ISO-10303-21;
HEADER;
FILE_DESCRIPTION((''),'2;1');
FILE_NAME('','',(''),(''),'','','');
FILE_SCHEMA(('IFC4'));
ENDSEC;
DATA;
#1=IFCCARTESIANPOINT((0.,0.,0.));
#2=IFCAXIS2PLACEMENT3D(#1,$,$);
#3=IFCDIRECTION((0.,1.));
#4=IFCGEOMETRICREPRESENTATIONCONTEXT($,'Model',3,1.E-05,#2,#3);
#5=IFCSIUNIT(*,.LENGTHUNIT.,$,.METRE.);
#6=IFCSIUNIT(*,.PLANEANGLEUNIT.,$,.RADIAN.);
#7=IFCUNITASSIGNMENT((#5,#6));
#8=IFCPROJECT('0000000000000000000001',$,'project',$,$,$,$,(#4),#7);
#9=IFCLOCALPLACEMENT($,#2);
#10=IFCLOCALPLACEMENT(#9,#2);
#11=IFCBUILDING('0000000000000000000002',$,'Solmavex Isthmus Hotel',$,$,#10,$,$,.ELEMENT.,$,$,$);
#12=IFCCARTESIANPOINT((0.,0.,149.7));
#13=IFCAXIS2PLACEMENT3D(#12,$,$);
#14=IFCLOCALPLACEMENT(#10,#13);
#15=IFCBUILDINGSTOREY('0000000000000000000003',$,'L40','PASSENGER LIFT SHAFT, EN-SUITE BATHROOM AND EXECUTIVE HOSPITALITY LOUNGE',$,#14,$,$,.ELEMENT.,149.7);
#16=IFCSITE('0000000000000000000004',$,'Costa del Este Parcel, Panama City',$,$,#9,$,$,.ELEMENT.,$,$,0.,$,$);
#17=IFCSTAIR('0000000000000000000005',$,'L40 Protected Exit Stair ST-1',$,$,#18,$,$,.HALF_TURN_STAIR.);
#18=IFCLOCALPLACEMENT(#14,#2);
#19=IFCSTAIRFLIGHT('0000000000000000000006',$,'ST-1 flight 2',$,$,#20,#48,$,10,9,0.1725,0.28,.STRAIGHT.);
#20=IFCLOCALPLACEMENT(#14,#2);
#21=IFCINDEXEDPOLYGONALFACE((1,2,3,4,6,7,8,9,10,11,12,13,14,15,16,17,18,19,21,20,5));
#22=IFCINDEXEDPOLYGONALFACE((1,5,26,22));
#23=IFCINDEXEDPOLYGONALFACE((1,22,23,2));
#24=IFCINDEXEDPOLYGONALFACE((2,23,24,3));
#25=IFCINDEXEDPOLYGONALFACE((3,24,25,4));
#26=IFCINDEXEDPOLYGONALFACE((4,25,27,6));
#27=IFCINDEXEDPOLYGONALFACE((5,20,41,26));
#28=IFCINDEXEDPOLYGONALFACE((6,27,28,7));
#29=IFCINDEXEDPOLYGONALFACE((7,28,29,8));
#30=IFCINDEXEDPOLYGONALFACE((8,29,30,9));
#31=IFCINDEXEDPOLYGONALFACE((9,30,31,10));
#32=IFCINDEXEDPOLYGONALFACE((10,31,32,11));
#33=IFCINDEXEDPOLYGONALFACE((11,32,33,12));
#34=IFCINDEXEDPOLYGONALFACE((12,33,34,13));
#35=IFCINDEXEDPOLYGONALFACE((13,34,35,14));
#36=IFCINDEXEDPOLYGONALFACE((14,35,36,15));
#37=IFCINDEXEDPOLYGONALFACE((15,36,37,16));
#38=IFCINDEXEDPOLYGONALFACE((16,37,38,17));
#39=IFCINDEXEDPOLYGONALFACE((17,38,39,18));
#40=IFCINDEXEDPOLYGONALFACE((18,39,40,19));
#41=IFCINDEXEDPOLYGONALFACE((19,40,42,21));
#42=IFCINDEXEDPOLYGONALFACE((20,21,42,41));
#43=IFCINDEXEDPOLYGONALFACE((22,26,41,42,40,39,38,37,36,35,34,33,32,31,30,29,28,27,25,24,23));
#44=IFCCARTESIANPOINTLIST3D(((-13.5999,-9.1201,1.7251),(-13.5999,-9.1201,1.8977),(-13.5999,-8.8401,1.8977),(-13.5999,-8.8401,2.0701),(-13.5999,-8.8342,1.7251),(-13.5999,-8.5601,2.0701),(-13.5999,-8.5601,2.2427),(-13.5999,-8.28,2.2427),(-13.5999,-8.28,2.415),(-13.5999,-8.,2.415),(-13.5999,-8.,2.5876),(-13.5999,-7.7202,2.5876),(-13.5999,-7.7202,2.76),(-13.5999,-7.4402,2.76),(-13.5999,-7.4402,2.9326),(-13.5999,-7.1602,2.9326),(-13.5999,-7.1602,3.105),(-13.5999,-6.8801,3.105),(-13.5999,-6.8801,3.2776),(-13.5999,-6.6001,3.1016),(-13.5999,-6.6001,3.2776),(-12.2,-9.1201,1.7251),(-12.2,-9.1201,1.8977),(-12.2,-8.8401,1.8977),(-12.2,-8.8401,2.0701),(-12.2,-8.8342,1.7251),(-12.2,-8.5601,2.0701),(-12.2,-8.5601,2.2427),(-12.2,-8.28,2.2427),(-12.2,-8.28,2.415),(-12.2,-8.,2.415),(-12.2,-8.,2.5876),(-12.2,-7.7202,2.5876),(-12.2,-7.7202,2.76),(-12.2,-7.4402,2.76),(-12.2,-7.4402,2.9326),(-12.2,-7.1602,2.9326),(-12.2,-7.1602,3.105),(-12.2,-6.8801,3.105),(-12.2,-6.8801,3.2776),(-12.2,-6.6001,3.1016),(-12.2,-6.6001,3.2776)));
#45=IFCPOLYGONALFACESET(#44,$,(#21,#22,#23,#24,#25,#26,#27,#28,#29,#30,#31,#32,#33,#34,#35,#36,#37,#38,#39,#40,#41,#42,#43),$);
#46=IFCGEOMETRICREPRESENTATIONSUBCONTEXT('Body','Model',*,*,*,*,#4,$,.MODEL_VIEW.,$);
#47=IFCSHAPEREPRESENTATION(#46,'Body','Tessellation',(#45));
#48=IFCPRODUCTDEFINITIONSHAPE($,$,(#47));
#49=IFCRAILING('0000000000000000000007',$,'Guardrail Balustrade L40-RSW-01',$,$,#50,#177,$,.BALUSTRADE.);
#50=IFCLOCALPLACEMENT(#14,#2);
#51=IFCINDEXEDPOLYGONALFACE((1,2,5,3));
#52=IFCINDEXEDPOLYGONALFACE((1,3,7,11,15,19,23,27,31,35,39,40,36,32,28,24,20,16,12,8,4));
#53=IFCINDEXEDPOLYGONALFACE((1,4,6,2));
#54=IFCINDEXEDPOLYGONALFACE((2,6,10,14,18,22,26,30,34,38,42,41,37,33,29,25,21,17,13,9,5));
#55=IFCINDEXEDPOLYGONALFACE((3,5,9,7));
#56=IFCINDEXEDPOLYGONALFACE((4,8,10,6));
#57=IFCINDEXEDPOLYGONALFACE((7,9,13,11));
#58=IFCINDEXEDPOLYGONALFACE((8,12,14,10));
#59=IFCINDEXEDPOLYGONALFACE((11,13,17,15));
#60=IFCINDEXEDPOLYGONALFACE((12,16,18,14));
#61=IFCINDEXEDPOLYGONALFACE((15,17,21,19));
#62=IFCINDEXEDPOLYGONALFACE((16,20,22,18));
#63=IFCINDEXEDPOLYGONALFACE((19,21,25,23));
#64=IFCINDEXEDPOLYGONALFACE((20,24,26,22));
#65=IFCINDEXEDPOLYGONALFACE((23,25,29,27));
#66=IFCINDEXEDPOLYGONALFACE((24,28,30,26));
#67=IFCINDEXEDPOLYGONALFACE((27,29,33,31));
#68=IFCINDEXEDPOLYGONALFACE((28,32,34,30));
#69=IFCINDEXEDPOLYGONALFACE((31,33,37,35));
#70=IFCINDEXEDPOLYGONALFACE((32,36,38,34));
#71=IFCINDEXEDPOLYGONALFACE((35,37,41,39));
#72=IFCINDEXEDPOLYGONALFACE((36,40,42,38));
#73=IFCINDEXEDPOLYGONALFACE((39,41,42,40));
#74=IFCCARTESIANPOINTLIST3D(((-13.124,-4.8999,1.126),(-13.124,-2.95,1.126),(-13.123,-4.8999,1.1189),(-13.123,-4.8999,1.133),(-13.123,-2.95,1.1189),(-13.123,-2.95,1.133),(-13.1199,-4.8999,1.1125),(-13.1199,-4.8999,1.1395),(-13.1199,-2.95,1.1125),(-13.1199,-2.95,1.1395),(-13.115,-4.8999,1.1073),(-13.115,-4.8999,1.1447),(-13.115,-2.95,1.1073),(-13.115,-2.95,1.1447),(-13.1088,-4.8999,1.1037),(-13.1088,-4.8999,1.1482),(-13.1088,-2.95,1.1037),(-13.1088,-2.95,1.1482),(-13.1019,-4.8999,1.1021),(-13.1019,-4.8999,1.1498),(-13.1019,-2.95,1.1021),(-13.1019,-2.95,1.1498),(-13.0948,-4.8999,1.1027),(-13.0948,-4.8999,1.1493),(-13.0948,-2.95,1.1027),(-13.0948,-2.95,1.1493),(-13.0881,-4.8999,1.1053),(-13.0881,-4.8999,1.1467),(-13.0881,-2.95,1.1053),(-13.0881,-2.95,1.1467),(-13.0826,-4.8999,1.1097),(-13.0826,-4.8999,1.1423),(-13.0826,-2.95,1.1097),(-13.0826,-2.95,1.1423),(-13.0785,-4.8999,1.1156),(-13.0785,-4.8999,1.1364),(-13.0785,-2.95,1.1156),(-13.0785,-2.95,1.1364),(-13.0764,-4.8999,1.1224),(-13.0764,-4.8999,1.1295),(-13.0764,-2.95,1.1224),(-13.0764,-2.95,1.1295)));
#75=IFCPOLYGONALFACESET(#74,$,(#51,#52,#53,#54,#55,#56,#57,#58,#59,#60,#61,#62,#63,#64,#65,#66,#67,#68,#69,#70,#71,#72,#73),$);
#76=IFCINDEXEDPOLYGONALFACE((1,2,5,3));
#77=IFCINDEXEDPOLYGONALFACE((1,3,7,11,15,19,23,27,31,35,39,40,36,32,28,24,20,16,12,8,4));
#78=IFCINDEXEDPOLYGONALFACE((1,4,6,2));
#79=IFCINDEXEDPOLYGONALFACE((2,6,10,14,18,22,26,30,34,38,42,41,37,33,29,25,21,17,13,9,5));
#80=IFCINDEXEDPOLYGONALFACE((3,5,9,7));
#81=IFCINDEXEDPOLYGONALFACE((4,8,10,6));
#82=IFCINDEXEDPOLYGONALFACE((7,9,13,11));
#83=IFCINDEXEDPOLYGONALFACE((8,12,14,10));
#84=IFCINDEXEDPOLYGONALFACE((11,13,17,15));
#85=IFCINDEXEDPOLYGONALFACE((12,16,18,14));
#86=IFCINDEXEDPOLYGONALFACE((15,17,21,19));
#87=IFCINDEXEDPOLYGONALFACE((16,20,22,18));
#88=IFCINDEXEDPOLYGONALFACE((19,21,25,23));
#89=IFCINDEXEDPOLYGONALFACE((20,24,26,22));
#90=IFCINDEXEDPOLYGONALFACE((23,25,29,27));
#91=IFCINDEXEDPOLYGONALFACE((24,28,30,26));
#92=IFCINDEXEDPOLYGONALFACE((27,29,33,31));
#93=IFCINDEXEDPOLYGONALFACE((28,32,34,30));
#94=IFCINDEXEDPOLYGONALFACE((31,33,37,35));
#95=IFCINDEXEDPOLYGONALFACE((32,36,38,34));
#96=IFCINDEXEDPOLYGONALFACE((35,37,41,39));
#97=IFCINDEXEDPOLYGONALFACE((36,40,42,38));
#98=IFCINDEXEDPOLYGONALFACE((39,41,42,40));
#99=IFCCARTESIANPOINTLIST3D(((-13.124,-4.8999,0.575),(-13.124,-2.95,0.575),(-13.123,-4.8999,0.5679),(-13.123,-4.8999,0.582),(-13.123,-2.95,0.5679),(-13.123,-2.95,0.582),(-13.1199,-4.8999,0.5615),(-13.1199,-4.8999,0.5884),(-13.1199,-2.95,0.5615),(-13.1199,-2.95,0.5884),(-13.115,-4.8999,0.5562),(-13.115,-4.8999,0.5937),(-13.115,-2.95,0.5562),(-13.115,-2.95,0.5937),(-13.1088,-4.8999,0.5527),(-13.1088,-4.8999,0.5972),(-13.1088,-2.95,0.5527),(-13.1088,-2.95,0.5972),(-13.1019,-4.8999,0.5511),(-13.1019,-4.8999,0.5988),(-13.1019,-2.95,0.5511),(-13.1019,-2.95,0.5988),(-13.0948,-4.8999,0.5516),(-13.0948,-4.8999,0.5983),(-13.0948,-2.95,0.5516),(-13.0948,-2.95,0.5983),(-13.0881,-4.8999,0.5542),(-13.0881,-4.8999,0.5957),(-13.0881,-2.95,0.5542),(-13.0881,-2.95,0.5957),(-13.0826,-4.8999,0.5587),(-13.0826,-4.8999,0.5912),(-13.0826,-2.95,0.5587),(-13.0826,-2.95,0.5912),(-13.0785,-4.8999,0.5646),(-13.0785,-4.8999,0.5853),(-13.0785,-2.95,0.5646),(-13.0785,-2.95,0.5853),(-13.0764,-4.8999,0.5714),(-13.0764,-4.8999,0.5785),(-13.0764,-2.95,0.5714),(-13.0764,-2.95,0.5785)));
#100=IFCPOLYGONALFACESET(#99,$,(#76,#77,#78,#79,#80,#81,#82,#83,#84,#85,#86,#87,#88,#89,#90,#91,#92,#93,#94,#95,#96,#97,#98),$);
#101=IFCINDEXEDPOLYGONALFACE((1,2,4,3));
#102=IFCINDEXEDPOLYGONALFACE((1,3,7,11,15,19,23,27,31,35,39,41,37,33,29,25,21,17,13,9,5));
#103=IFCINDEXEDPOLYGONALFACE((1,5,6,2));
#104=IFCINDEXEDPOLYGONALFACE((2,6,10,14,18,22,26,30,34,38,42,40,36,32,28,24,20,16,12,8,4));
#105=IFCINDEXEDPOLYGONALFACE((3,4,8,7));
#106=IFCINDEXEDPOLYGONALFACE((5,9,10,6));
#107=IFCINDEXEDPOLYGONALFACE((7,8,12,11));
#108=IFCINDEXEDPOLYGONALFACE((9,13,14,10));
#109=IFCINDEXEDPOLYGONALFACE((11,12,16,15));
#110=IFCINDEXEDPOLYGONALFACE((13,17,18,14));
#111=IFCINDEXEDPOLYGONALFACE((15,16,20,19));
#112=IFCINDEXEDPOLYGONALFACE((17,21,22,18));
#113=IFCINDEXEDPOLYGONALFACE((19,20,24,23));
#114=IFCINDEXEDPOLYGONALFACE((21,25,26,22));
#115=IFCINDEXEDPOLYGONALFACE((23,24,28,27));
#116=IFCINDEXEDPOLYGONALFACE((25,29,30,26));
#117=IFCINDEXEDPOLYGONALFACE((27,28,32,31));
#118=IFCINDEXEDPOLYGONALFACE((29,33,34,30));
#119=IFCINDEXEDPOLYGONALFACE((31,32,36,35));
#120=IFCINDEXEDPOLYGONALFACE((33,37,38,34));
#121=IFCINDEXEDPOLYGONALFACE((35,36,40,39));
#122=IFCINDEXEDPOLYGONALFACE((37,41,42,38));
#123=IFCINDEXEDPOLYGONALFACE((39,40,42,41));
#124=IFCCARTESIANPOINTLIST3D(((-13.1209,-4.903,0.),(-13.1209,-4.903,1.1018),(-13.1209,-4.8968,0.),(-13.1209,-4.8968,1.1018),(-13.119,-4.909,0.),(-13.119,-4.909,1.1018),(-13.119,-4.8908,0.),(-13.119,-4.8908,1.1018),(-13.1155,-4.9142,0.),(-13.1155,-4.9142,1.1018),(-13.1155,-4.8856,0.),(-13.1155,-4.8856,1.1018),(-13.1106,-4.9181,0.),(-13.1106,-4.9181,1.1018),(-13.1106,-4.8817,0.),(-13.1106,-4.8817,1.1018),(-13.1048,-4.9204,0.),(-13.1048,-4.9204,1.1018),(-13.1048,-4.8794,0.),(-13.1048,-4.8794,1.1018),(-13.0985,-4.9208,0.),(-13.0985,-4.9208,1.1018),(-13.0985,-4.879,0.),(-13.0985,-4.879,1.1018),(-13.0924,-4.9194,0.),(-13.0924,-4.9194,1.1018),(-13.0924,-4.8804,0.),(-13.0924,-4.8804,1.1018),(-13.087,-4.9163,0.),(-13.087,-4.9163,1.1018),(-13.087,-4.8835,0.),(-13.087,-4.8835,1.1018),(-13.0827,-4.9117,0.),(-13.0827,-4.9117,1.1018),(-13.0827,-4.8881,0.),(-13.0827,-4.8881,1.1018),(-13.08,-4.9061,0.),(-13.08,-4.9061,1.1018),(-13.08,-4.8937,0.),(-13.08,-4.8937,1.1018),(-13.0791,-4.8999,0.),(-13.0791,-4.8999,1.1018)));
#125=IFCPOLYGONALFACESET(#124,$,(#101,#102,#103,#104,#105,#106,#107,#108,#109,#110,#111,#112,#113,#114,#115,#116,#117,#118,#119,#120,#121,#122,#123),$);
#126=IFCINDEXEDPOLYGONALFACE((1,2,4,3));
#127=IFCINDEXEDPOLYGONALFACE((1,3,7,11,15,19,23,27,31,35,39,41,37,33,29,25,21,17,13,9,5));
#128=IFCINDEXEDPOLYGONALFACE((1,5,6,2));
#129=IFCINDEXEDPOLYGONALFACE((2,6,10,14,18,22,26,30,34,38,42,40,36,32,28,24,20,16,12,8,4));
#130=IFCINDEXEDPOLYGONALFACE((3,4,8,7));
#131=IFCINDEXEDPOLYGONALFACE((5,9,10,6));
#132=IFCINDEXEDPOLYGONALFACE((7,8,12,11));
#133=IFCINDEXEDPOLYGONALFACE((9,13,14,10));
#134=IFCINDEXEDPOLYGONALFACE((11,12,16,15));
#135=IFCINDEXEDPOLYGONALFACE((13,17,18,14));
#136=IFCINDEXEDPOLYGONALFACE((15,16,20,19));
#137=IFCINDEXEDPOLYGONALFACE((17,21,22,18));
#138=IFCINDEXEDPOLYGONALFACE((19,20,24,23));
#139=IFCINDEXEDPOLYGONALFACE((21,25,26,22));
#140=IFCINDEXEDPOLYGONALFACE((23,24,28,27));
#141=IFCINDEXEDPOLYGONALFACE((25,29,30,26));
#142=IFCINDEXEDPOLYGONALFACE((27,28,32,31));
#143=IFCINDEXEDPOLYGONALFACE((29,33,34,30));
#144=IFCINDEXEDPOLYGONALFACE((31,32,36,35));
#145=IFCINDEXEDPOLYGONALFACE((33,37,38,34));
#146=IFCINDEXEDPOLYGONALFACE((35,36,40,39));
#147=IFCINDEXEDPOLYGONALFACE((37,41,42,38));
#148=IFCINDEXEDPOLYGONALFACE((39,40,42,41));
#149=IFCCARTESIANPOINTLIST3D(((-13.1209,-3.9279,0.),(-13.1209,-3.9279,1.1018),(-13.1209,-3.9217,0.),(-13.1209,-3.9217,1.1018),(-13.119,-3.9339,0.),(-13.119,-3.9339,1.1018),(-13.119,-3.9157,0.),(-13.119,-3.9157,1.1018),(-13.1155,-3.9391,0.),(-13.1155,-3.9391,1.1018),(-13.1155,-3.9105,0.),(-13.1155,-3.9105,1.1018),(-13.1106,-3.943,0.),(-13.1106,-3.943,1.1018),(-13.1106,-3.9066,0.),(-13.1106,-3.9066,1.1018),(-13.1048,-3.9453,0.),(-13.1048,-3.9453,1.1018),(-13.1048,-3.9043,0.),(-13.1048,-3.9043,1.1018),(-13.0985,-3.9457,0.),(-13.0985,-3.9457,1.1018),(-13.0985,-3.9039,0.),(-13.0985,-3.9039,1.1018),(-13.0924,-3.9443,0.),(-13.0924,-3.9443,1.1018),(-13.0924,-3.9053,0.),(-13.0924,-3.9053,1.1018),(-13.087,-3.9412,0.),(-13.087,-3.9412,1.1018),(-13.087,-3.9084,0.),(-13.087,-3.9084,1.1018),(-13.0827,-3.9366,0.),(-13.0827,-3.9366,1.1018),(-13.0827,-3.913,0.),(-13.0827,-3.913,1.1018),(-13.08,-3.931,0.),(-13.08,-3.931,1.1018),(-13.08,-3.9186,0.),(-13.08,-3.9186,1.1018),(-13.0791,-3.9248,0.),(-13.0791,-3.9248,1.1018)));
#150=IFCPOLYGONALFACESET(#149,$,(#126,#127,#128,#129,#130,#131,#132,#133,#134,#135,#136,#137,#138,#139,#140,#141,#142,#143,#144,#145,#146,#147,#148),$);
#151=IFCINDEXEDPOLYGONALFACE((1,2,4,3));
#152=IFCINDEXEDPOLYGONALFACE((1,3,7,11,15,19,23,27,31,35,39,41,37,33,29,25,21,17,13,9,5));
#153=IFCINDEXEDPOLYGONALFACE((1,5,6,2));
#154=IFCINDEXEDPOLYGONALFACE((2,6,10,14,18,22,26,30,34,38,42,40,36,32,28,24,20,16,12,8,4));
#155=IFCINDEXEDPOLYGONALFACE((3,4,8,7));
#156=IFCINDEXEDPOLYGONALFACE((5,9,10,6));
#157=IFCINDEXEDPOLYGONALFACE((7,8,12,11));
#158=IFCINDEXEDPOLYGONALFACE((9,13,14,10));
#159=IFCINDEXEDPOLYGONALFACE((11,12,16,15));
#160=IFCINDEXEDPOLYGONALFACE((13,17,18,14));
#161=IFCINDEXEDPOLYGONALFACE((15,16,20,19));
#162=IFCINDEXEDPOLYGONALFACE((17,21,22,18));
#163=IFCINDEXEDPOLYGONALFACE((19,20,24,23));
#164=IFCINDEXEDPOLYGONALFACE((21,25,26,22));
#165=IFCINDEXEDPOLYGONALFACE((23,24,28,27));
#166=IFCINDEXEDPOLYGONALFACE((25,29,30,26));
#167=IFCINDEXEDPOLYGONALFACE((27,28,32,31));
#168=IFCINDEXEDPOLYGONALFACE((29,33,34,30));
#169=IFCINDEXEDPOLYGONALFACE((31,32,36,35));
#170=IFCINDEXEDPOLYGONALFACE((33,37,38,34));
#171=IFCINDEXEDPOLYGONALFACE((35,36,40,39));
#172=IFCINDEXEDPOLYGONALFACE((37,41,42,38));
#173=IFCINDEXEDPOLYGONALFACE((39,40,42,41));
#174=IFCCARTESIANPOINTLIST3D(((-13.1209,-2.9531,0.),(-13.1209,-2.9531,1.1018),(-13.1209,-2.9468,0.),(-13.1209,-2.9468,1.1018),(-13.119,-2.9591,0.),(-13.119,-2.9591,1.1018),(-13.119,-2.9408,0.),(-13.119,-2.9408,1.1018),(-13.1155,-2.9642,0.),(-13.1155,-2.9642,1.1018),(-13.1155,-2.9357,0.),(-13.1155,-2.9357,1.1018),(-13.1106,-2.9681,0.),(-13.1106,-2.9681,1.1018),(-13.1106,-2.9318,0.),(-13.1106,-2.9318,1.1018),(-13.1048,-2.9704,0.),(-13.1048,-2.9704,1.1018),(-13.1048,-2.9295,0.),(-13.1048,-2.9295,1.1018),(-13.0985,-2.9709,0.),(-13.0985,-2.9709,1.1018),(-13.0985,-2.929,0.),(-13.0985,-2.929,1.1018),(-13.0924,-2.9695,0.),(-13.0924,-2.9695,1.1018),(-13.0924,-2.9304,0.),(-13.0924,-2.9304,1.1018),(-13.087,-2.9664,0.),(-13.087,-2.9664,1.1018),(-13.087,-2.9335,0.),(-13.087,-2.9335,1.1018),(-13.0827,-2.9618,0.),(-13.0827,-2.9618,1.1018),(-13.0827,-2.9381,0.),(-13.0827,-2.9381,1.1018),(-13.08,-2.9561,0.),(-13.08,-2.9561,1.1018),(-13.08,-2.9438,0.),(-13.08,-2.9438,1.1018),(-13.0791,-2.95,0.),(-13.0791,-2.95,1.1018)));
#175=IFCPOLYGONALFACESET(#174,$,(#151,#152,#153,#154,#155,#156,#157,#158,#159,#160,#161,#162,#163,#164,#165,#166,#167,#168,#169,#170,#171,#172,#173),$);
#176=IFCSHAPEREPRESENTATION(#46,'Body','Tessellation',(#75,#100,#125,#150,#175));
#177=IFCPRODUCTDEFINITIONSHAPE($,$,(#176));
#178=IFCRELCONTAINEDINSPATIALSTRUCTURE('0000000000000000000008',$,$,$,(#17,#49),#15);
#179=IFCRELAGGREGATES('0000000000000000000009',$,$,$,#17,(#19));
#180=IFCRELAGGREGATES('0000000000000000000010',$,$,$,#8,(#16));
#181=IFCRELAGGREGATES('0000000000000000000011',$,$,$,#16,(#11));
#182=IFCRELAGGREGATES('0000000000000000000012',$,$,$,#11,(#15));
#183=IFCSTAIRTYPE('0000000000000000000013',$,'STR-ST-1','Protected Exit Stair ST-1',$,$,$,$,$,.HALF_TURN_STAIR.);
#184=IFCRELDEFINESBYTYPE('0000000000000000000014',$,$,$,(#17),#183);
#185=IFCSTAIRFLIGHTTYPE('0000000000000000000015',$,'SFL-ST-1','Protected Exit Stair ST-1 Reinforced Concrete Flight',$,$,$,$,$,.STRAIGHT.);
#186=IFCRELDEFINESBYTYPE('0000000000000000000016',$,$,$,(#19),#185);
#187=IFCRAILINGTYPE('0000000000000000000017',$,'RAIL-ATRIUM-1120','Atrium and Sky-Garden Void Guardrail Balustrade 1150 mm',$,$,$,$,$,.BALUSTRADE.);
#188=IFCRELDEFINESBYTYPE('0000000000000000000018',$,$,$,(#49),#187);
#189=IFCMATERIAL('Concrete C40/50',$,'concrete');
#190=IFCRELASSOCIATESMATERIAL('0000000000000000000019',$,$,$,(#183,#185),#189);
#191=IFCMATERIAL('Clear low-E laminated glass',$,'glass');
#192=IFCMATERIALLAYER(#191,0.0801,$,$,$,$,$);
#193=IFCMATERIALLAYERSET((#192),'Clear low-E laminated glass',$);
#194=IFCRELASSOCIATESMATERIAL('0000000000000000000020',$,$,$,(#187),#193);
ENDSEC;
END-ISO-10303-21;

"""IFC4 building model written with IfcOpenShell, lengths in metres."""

from ifc_helpers import new_model, si_unit, direction, frame, origin, origin_2d, place, context, subcontext, project, spatial, polyline, circle, outline, extrude, material, layer, layer_set, type_object, element, aggregate, save


model = new_model("IFC4")

# Units and contexts
model_context = context("Model", 3, precision=1e-05, world=origin(), true_north=direction((0.0, 1.0)))
body_context = subcontext(model_context, "Body", "Model", "MODEL_VIEW")
ifc_project = project(units=[si_unit("LENGTHUNIT", "METRE"), si_unit("PLANEANGLEUNIT", "RADIAN")], contexts=[model_context])

# Site, building, storey
site_placement = place(None, origin())
site = spatial("IfcSite", under=ifc_project, at=site_placement, Name="Costa del Este Parcel, Panama City", CompositionType="ELEMENT", RefElevation=0.0)
building_placement = place(site_placement, origin())
building = spatial("IfcBuilding", under=site, at=building_placement, Name="Solmavex Isthmus Hotel", CompositionType="ELEMENT")
storey_placement = place(building_placement, frame((0.0, 0.0, 149.7)))
storey = spatial("IfcBuildingStorey", under=building, at=storey_placement, Name="L40", Description="PASSENGER LIFT SHAFT, EN-SUITE BATHROOM AND EXECUTIVE HOSPITALITY LOUNGE", CompositionType="ELEMENT", Elevation=149.7)

# Shared definitions
ifc_material_1 = material(Name="Concrete C40/50", Category="concrete")

# Stair, stair flight
stair_type = type_object("IfcStairType", Name="STR-ST-1", Description="Protected Exit Stair ST-1", PredefinedType="HALF_TURN_STAIR", material=ifc_material_1)
stair_placement = place(storey_placement, origin())
stair = element("IfcStair", 1, at=stair_placement, inside=storey, type_object=stair_type, Name="L40 Protected Exit Stair ST-1", PredefinedType="HALF_TURN_STAIR")
stair_flight_type = type_object("IfcStairFlightType", Name="SFL-ST-1", Description="Protected Exit Stair ST-1 Reinforced Concrete Flight", PredefinedType="STRAIGHT", material=ifc_material_1)
stair_flight_1_placement = place(storey_placement, frame((-12.8999, -9.1201, 1.7251), z_axis=(0.0, 0.0, 1.0), x_axis=(0.0, 1.0, 0.0)))
stair_flight_1 = element("IfcStairFlight", 2, at=stair_flight_1_placement, type_object=stair_flight_type, Name="ST-1 flight 2", NumberOfRisers=10, NumberOfTreads=9, PredefinedType="STRAIGHT", RiserHeight=0.1725, TreadLength=0.28, context=body_context, shape_type="SweptSolid", body=[
    extrude(outline(polyline([(0.0, 0.0), (0.0, 0.1726), (0.28, 0.1726), (0.28, 0.345), (0.5601, 0.345), (0.5601, 0.5176), (0.8401, 0.5176), (0.8401, 0.6899), (1.1201, 0.6899), (1.1201, 0.8625), (1.3999, 0.8625), (1.3999, 1.0349), (1.6799, 1.0349), (1.6799, 1.2075), (1.96, 1.2075), (1.96, 1.3799), (2.24, 1.3799), (2.24, 1.5525), (2.52, 1.5525), (2.52, 1.7251), (2.52, 1.3765), (0.2859, 0.0), (0.0, 0.0)])), frame((0.0, 0.7, 0.0), z_axis=(0.0, -1.0, 0.0), x_axis=(1.0, 0.0, 0.0)), (0.0, 0.0, 1.0), 1.3999),
])
aggregate(stair, [stair_flight_1])

# Railing
ifc_material_2 = material(Name="Clear low-E laminated glass", Category="glass")
ifc_layer_1 = layer(ifc_material_2, 0.0801)
ifc_layer_set_1 = layer_set([ifc_layer_1], Name="Clear low-E laminated glass")
railing_type_1 = type_object("IfcRailingType", Name="RAIL-ATRIUM-1120", Description="Atrium and Sky-Garden Void Guardrail Balustrade 1150 mm", PredefinedType="BALUSTRADE", material=ifc_layer_set_1)
railing_1_placement = place(storey_placement, frame((-13.1001, -4.8999, 0.0)))
element("IfcRailing", 3, at=railing_1_placement, inside=storey, type_object=railing_type_1, Name="Guardrail Balustrade L40-RSW-01", PredefinedType="BALUSTRADE", context=body_context, shape_type="SweptSolid", body=[
    extrude(circle(Radius=0.0239, at=origin_2d()), frame((0.0, 0.0, 1.126), z_axis=(0.0, 1.0, 0.0), x_axis=(-1.0, 0.0, 0.0)), (0.0, 0.0, 1.0), 1.95),
    extrude(circle(Radius=0.0239, at=origin_2d()), frame((0.0, 0.0, 0.575), z_axis=(0.0, 1.0, 0.0), x_axis=(-1.0, 0.0, 0.0)), (0.0, 0.0, 1.0), 1.95),
    extrude(circle(Radius=0.021, at=origin_2d()), origin(), (0.0, 0.0, 1.0), 1.1018),
    extrude(circle(Radius=0.021, at=origin_2d()), frame((0.0, 0.9751, 0.0)), (0.0, 0.0, 1.0), 1.1018),
    extrude(circle(Radius=0.021, at=origin_2d()), frame((0.0, 1.95, 0.0)), (0.0, 0.0, 1.0), 1.1018),
])

save(model, "model.ifc")
